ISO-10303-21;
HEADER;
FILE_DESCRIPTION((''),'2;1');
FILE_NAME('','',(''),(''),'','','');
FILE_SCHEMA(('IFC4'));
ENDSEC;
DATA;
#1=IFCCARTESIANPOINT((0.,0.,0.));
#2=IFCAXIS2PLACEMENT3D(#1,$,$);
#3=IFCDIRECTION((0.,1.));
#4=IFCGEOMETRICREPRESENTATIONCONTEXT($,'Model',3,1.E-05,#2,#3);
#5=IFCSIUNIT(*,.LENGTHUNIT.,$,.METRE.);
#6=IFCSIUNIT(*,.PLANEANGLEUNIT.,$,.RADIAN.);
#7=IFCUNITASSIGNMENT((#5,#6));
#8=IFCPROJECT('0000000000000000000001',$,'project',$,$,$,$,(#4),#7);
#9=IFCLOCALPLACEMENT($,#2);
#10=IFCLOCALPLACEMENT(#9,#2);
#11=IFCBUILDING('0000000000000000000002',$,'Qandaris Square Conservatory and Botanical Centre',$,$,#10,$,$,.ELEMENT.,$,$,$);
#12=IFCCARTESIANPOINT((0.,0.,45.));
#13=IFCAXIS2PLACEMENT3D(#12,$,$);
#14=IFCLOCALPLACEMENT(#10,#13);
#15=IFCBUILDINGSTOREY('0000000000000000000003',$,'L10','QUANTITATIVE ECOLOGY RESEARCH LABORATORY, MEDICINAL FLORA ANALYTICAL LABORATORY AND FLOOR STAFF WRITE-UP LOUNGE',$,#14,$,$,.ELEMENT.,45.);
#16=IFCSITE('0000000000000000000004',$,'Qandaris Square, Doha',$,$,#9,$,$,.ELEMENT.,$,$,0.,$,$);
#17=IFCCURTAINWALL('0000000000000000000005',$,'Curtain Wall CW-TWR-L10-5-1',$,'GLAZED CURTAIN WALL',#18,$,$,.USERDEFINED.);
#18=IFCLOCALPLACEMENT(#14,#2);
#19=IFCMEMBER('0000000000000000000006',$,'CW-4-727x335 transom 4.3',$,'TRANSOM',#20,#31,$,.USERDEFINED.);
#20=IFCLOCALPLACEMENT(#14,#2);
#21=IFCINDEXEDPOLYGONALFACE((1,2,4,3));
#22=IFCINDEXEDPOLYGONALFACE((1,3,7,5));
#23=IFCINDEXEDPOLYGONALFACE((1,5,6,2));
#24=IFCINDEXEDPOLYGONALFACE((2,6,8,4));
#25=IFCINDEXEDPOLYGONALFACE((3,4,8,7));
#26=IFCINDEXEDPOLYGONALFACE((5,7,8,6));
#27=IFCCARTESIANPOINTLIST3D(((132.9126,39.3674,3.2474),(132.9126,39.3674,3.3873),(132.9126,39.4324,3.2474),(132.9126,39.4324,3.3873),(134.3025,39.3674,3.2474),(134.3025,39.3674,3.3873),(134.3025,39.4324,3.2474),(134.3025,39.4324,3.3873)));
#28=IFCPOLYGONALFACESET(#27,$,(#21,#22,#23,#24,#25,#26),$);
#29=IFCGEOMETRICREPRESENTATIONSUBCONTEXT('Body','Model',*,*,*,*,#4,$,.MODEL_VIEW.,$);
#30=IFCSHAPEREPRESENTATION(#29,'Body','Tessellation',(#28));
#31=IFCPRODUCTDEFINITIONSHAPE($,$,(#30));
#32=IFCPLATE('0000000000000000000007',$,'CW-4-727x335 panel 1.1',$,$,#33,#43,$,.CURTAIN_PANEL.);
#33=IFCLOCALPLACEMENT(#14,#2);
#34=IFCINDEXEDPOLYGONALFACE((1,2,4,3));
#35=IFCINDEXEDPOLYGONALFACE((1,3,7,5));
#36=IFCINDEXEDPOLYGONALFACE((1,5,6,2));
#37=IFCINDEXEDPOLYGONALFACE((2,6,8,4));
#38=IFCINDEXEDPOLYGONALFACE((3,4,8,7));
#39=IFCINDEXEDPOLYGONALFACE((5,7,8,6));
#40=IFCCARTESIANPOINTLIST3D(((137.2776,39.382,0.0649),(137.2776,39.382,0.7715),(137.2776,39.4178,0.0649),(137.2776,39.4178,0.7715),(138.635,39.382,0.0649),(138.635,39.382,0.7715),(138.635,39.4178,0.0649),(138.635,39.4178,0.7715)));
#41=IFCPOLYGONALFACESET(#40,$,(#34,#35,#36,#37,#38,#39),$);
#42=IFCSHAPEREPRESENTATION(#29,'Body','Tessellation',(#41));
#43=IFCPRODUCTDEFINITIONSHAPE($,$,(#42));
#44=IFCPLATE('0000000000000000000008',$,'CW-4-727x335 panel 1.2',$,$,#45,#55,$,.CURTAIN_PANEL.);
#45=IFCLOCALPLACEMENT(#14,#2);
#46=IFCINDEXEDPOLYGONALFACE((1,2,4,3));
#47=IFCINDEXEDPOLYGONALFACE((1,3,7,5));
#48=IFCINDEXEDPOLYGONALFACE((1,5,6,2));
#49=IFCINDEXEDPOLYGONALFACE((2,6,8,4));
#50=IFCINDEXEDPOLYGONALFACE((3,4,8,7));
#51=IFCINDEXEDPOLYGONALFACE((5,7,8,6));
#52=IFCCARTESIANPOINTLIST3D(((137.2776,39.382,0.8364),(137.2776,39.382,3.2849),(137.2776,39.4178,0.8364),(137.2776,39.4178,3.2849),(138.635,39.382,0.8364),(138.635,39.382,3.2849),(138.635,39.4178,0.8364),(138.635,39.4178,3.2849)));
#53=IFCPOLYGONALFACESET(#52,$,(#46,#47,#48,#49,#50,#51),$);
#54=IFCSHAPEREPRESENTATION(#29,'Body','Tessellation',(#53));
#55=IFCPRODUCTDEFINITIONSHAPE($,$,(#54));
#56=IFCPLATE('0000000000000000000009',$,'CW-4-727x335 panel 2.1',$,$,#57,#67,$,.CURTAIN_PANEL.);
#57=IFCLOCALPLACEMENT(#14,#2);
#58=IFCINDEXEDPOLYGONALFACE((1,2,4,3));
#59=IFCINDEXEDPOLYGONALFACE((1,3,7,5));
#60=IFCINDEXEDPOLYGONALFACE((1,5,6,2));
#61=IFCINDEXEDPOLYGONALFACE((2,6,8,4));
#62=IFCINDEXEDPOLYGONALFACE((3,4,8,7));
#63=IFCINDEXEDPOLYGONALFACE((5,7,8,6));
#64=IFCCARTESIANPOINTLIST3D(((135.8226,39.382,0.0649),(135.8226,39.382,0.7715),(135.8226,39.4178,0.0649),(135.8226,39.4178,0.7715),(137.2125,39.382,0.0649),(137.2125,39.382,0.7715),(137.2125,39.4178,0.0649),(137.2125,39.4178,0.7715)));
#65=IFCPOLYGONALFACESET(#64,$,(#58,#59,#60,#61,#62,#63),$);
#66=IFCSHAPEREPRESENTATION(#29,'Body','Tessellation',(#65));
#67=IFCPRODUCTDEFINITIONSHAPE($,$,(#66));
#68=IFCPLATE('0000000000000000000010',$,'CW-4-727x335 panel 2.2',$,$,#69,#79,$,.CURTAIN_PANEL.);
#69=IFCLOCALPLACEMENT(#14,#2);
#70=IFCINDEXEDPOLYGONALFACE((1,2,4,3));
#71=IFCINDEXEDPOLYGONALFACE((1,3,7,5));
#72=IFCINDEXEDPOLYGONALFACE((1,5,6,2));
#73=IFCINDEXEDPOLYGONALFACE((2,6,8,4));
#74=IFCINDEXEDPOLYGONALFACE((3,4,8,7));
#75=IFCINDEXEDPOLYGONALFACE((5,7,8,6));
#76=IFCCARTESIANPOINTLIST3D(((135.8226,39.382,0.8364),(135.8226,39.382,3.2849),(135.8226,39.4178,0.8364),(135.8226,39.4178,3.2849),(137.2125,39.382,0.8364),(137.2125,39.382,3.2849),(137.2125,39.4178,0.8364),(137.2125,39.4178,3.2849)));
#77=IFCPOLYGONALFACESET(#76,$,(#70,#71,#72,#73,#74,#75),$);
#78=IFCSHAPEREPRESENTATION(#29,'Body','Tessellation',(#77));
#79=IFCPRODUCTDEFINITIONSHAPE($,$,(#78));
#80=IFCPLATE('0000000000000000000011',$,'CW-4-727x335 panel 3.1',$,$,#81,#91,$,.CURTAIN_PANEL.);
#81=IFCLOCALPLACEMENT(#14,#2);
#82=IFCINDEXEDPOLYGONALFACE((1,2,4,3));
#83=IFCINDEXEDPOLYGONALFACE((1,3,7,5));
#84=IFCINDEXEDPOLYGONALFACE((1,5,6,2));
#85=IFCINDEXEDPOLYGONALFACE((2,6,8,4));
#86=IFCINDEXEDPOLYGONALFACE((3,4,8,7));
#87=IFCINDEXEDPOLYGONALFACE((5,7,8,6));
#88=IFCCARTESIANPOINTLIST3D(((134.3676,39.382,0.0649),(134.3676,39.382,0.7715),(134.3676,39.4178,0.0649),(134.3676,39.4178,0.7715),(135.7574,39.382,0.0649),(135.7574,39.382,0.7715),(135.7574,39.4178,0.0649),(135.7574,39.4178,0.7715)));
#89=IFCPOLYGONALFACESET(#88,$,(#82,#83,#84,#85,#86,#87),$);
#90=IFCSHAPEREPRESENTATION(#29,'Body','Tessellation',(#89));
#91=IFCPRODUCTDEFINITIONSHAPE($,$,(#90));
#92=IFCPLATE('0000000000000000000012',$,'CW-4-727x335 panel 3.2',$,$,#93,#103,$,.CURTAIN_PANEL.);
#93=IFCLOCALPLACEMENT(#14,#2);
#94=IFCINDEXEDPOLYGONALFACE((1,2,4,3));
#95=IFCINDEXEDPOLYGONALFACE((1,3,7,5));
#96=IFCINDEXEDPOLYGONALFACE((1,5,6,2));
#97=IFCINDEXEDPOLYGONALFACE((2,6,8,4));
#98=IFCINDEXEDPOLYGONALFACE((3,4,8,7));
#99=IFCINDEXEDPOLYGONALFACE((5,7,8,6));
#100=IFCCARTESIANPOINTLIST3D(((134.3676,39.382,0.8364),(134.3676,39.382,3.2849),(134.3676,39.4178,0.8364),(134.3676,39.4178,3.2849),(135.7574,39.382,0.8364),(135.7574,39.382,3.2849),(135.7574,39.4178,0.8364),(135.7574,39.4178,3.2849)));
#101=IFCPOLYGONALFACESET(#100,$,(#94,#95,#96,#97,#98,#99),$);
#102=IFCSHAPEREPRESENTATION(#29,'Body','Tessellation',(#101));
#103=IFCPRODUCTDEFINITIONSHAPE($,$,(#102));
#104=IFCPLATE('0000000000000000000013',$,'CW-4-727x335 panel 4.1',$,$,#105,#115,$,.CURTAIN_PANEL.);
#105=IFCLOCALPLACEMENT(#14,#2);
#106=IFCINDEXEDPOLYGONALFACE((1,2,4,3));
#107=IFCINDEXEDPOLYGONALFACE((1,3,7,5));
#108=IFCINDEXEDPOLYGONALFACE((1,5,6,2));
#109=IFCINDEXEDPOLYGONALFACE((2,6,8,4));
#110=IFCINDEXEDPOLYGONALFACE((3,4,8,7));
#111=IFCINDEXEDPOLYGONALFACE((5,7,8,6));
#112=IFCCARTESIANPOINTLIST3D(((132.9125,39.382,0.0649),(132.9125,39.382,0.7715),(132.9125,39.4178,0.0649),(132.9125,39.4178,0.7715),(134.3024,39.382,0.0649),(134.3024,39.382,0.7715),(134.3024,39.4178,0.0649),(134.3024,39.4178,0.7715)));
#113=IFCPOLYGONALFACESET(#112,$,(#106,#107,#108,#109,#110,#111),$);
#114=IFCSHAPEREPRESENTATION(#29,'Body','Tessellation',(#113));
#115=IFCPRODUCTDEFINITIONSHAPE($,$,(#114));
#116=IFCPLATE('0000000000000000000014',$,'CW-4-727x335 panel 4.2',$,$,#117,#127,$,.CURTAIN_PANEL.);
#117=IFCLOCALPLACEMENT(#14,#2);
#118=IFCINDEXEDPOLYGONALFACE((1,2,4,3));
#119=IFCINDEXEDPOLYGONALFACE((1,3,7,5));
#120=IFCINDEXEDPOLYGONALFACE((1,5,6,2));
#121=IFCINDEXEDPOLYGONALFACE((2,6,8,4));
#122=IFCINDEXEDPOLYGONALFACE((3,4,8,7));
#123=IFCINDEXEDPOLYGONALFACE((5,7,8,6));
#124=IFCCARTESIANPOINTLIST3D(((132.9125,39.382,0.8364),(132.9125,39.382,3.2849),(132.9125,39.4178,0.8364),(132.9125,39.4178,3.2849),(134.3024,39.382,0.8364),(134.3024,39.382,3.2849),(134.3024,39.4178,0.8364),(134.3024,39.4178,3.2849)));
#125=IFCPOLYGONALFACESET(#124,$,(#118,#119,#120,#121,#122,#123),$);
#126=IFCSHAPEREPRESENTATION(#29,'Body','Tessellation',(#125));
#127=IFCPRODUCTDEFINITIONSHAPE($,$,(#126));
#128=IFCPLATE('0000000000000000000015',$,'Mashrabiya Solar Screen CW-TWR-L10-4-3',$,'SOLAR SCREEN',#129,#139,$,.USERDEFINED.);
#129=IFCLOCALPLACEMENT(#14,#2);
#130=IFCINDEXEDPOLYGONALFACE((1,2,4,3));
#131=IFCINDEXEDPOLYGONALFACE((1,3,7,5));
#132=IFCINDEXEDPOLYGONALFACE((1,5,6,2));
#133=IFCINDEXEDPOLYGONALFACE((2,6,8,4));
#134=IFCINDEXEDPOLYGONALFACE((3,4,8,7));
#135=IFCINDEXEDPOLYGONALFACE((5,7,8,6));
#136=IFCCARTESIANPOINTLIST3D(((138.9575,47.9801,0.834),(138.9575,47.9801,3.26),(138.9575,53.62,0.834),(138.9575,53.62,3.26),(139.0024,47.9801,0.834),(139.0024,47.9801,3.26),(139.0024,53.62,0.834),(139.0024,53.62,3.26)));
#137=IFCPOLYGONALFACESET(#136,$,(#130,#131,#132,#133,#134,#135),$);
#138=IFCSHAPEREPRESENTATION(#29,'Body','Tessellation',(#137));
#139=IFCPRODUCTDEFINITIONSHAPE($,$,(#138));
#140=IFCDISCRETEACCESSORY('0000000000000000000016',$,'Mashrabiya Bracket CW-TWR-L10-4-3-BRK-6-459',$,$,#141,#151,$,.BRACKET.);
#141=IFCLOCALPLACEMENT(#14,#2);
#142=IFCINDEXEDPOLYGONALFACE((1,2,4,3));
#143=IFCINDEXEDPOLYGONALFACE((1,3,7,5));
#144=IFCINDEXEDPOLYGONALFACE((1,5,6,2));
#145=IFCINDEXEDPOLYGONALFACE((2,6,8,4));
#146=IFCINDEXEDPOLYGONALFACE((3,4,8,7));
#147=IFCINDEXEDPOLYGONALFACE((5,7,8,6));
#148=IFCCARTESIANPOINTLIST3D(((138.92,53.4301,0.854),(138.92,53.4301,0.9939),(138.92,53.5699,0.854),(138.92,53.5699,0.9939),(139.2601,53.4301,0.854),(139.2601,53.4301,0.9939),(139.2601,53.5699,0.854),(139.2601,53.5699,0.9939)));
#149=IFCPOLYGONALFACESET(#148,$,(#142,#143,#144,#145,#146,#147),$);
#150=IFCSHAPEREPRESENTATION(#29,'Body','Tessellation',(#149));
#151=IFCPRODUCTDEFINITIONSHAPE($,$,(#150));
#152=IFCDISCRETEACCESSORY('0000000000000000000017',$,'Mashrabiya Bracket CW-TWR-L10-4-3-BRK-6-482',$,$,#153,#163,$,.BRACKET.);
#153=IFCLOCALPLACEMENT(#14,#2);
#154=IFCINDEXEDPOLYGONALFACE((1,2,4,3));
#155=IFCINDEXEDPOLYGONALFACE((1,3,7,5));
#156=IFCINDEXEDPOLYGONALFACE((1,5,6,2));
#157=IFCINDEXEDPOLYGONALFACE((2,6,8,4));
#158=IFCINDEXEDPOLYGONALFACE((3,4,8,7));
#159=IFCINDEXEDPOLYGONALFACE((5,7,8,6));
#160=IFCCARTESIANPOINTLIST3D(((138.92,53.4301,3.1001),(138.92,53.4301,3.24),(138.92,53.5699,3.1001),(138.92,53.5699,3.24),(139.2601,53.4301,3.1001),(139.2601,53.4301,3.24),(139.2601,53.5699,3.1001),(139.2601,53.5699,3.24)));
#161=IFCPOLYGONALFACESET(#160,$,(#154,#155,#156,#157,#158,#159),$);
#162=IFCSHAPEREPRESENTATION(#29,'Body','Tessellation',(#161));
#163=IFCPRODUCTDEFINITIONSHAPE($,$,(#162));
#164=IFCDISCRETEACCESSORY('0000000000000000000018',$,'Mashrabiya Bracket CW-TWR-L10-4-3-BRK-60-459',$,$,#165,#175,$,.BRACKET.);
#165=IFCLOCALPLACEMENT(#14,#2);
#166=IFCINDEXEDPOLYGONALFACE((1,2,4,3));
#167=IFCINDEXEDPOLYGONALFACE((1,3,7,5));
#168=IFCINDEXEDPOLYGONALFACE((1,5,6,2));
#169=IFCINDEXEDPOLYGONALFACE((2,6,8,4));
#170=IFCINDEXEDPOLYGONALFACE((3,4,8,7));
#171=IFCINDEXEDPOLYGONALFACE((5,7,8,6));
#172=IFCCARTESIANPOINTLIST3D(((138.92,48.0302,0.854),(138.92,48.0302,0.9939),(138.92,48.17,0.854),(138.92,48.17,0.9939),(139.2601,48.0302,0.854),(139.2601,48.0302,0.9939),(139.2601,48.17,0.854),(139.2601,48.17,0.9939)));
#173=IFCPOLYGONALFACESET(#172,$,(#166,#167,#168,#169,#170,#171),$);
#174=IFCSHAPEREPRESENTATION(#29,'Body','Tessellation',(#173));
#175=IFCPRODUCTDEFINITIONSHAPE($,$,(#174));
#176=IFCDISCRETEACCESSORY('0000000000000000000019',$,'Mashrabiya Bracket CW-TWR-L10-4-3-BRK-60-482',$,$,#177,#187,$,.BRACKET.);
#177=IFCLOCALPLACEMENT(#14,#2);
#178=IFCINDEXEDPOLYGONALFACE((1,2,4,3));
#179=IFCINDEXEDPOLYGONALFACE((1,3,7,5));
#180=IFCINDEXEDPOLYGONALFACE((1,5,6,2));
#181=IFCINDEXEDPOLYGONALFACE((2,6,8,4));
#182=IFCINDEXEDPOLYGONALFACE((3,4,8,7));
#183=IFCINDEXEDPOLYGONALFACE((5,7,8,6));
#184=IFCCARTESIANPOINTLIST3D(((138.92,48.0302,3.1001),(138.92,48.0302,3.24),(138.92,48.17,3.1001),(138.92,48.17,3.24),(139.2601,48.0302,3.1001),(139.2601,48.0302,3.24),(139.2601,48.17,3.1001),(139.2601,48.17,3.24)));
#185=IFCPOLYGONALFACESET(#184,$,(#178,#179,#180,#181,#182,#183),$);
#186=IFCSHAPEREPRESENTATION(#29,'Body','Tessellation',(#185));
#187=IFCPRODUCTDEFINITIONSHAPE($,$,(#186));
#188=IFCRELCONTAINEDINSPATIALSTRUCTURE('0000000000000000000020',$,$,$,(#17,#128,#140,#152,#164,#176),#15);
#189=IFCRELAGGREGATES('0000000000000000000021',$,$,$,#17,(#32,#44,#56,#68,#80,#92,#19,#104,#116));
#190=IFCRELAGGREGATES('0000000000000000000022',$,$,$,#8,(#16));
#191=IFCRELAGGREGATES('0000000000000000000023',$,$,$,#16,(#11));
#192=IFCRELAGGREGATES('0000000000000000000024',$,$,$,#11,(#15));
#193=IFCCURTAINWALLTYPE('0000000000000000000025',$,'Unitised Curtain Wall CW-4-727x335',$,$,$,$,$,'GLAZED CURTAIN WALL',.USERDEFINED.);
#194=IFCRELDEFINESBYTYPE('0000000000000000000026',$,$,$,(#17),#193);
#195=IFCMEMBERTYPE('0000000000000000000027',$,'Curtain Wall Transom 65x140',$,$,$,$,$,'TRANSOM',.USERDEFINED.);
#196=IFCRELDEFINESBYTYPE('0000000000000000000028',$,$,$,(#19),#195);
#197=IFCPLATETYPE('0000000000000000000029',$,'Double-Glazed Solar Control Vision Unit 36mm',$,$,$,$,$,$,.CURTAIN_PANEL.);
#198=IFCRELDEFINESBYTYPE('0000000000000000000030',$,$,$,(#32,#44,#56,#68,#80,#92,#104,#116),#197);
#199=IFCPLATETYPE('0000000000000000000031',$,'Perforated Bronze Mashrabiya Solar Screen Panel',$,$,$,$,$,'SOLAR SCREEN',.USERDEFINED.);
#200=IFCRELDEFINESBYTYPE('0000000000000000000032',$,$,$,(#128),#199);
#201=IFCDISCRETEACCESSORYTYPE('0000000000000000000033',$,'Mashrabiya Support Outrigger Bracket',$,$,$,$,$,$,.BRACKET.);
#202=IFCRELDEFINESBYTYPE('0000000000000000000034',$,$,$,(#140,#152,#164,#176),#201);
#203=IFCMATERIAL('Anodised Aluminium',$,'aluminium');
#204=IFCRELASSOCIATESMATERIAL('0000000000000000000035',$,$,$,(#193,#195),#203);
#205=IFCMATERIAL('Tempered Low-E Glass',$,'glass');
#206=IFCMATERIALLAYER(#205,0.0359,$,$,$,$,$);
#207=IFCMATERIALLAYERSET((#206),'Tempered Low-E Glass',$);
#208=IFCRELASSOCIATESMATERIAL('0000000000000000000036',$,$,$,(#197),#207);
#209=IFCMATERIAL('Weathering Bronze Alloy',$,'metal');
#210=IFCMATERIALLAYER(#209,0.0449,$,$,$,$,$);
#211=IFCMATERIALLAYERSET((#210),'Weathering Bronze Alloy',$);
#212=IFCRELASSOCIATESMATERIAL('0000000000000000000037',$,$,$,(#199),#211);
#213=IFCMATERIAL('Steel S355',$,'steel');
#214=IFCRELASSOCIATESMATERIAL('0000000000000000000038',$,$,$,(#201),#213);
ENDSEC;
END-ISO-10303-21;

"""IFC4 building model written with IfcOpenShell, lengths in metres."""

from ifc_helpers import new_model, si_unit, direction, frame, origin, origin_2d, place, context, subcontext, project, spatial, rectangle, extrude, material, layer, layer_set, material_profile, profile_set, type_object, element, aggregate, save


model = new_model("IFC4")

# Units and contexts
model_context = context("Model", 3, precision=1e-05, world=origin(), true_north=direction((0.0, 1.0)))
body_context = subcontext(model_context, "Body", "Model", "MODEL_VIEW")
ifc_project = project(units=[si_unit("LENGTHUNIT", "METRE"), si_unit("PLANEANGLEUNIT", "RADIAN")], contexts=[model_context])

# Site, building, storey
site_placement = place(None, origin())
site = spatial("IfcSite", under=ifc_project, at=site_placement, Name="Qandaris Square, Doha", CompositionType="ELEMENT", RefElevation=0.0)
building_placement = place(site_placement, origin())
building = spatial("IfcBuilding", under=site, at=building_placement, Name="Qandaris Square Conservatory and Botanical Centre", CompositionType="ELEMENT")
storey_placement = place(building_placement, frame((0.0, 0.0, 45.0)))
storey = spatial("IfcBuildingStorey", under=building, at=storey_placement, Name="L10", Description="QUANTITATIVE ECOLOGY RESEARCH LABORATORY, MEDICINAL FLORA ANALYTICAL LABORATORY AND FLOOR STAFF WRITE-UP LOUNGE", CompositionType="ELEMENT", Elevation=45.0)

# Curtain wall, member, plates
ifc_material_1 = material(Name="Anodised Aluminium", Category="aluminium")
curtain_wall_type = type_object("IfcCurtainWallType", Name="Unitised Curtain Wall CW-4-727x335", ElementType="GLAZED CURTAIN WALL", PredefinedType="USERDEFINED", material=ifc_material_1)
curtain_wall_placement = place(storey_placement, origin())
curtain_wall = element("IfcCurtainWall", 1, at=curtain_wall_placement, inside=storey, type_object=curtain_wall_type, Name="Curtain Wall CW-TWR-L10-5-1", ObjectType="GLAZED CURTAIN WALL", PredefinedType="USERDEFINED")
ifc_material_profile_1 = material_profile(ifc_material_1, rectangle(XDim=0.0649, YDim=0.1399, at=origin_2d()), Name="ALU-TRN 65x140")
ifc_profile_set_1 = profile_set([ifc_material_profile_1], Name="Anodised Aluminium")
member_type_1 = type_object("IfcMemberType", Name="Curtain Wall Transom 65x140", ElementType="TRANSOM", PredefinedType="USERDEFINED", material=ifc_profile_set_1)
member_1_placement = place(storey_placement, frame((134.3025, 39.3999, 3.3174), z_axis=(-1.0, 0.0, 0.0), x_axis=(0.0, -1.0, 0.0)))
member_1 = element("IfcMember", 2, at=member_1_placement, type_object=member_type_1, Name="CW-4-727x335 transom 4.3", ObjectType="TRANSOM", PredefinedType="USERDEFINED", context=body_context, shape_type="SweptSolid", body=[
    extrude(rectangle(XDim=0.0649, YDim=0.1399, at=origin_2d()), origin(), (0.0, 0.0, 1.0), 1.3899),
])
ifc_material_2 = material(Name="Tempered Low-E Glass", Category="glass")
ifc_layer_1 = layer(ifc_material_2, 0.0359)
ifc_layer_set_1 = layer_set([ifc_layer_1], Name="Tempered Low-E Glass")
plate_type_1 = type_object("IfcPlateType", Name="Double-Glazed Solar Control Vision Unit 36mm", PredefinedType="CURTAIN_PANEL", material=ifc_layer_set_1)
plate_1_placement = place(storey_placement, frame((137.9563, 39.3999, 0.0649), z_axis=(0.0, 0.0, 1.0), x_axis=(-1.0, 0.0, 0.0)))
plate_1 = element("IfcPlate", 3, at=plate_1_placement, type_object=plate_type_1, Name="CW-4-727x335 panel 1.1", PredefinedType="CURTAIN_PANEL", context=body_context, shape_type="SweptSolid", body=[
    extrude(rectangle(XDim=1.3574, YDim=0.0359, at=origin_2d()), origin(), (0.0, 0.0, 1.0), 0.7065),
])
plate_2_placement = place(storey_placement, frame((137.9563, 39.3999, 0.8364), z_axis=(0.0, 0.0, 1.0), x_axis=(-1.0, 0.0, 0.0)))
plate_2 = element("IfcPlate", 4, at=plate_2_placement, type_object=plate_type_1, Name="CW-4-727x335 panel 1.2", PredefinedType="CURTAIN_PANEL", context=body_context, shape_type="SweptSolid", body=[
    extrude(rectangle(XDim=1.3574, YDim=0.0359, at=origin_2d()), origin(), (0.0, 0.0, 1.0), 2.4485),
])
plate_3_placement = place(storey_placement, frame((136.5176, 39.3999, 0.0649), z_axis=(0.0, 0.0, 1.0), x_axis=(-1.0, 0.0, 0.0)))
plate_3 = element("IfcPlate", 5, at=plate_3_placement, type_object=plate_type_1, Name="CW-4-727x335 panel 2.1", PredefinedType="CURTAIN_PANEL", context=body_context, shape_type="SweptSolid", body=[
    extrude(rectangle(XDim=1.3899, YDim=0.0359, at=origin_2d()), origin(), (0.0, 0.0, 1.0), 0.7065),
])
plate_4_placement = place(storey_placement, frame((136.5176, 39.3999, 0.8364), z_axis=(0.0, 0.0, 1.0), x_axis=(-1.0, 0.0, 0.0)))
plate_4 = element("IfcPlate", 6, at=plate_4_placement, type_object=plate_type_1, Name="CW-4-727x335 panel 2.2", PredefinedType="CURTAIN_PANEL", context=body_context, shape_type="SweptSolid", body=[
    extrude(rectangle(XDim=1.3899, YDim=0.0359, at=origin_2d()), origin(), (0.0, 0.0, 1.0), 2.4485),
])
plate_5_placement = place(storey_placement, frame((135.0625, 39.3999, 0.0649), z_axis=(0.0, 0.0, 1.0), x_axis=(-1.0, 0.0, 0.0)))
plate_5 = element("IfcPlate", 7, at=plate_5_placement, type_object=plate_type_1, Name="CW-4-727x335 panel 3.1", PredefinedType="CURTAIN_PANEL", context=body_context, shape_type="SweptSolid", body=[
    extrude(rectangle(XDim=1.3899, YDim=0.0359, at=origin_2d()), origin(), (0.0, 0.0, 1.0), 0.7065),
])
plate_6_placement = place(storey_placement, frame((135.0625, 39.3999, 0.8364), z_axis=(0.0, 0.0, 1.0), x_axis=(-1.0, 0.0, 0.0)))
plate_6 = element("IfcPlate", 8, at=plate_6_placement, type_object=plate_type_1, Name="CW-4-727x335 panel 3.2", PredefinedType="CURTAIN_PANEL", context=body_context, shape_type="SweptSolid", body=[
    extrude(rectangle(XDim=1.3899, YDim=0.0359, at=origin_2d()), origin(), (0.0, 0.0, 1.0), 2.4485),
])
plate_7_placement = place(storey_placement, frame((133.6074, 39.3999, 0.0649), z_axis=(0.0, 0.0, 1.0), x_axis=(-1.0, 0.0, 0.0)))
plate_7 = element("IfcPlate", 9, at=plate_7_placement, type_object=plate_type_1, Name="CW-4-727x335 panel 4.1", PredefinedType="CURTAIN_PANEL", context=body_context, shape_type="SweptSolid", body=[
    extrude(rectangle(XDim=1.3899, YDim=0.0359, at=origin_2d()), origin(), (0.0, 0.0, 1.0), 0.7065),
])
plate_8_placement = place(storey_placement, frame((133.6074, 39.3999, 0.8364), z_axis=(0.0, 0.0, 1.0), x_axis=(-1.0, 0.0, 0.0)))
plate_8 = element("IfcPlate", 10, at=plate_8_placement, type_object=plate_type_1, Name="CW-4-727x335 panel 4.2", PredefinedType="CURTAIN_PANEL", context=body_context, shape_type="SweptSolid", body=[
    extrude(rectangle(XDim=1.3899, YDim=0.0359, at=origin_2d()), origin(), (0.0, 0.0, 1.0), 2.4485),
])
aggregate(curtain_wall, [plate_1, plate_2, plate_3, plate_4, plate_5, plate_6, member_1, plate_7, plate_8])

# Plate
ifc_material_3 = material(Name="Weathering Bronze Alloy", Category="metal")
ifc_layer_2 = layer(ifc_material_3, 0.0449)
ifc_layer_set_2 = layer_set([ifc_layer_2], Name="Weathering Bronze Alloy")
plate_type_2 = type_object("IfcPlateType", Name="Perforated Bronze Mashrabiya Solar Screen Panel", ElementType="SOLAR SCREEN", PredefinedType="USERDEFINED", material=ifc_layer_set_2)
plate_9_placement = place(storey_placement, frame((138.98, 50.8, 0.834), z_axis=(0.0, 0.0, 1.0), x_axis=(0.0, -1.0, 0.0)))
element("IfcPlate", 11, at=plate_9_placement, inside=storey, type_object=plate_type_2, Name="Mashrabiya Solar Screen CW-TWR-L10-4-3", ObjectType="SOLAR SCREEN", PredefinedType="USERDEFINED", context=body_context, shape_type="SweptSolid", body=[
    extrude(rectangle(XDim=5.6399, YDim=0.0449, at=origin_2d()), origin(), (0.0, 0.0, 1.0), 2.426),
])

# Discrete accessories
ifc_material_4 = material(Name="Steel S355", Category="steel")
discrete_accessory_type = type_object("IfcDiscreteAccessoryType", Name="Mashrabiya Support Outrigger Bracket", PredefinedType="BRACKET", material=ifc_material_4)
for number, where, z_axis, x_axis, name in (
    (12, (139.0901, 53.5, 0.854), (0.0, 0.0, 1.0), (0.0, -1.0, 0.0), "Mashrabiya Bracket CW-TWR-L10-4-3-BRK-6-459"),
    (13, (139.0901, 53.5, 3.1001), (0.0, 0.0, 1.0), (0.0, -1.0, 0.0), "Mashrabiya Bracket CW-TWR-L10-4-3-BRK-6-482"),
    (14, (139.0901, 48.1001, 0.854), (0.0, 0.0, 1.0), (0.0, -1.0, 0.0), "Mashrabiya Bracket CW-TWR-L10-4-3-BRK-60-459"),
    (15, (139.0901, 48.1001, 3.1001), (0.0, 0.0, 1.0), (0.0, -1.0, 0.0), "Mashrabiya Bracket CW-TWR-L10-4-3-BRK-60-482"),
):
    element("IfcDiscreteAccessory", number, at=place(storey_placement, frame(where, z_axis=z_axis, x_axis=x_axis)), inside=storey, type_object=discrete_accessory_type, Name=name, PredefinedType="BRACKET", context=body_context, shape_type="SweptSolid", body=[
        extrude(rectangle(XDim=0.1399, YDim=0.3401, at=origin_2d()), origin(), (0.0, 0.0, 1.0), 0.1399),
    ])

save(model, "model.ifc")
